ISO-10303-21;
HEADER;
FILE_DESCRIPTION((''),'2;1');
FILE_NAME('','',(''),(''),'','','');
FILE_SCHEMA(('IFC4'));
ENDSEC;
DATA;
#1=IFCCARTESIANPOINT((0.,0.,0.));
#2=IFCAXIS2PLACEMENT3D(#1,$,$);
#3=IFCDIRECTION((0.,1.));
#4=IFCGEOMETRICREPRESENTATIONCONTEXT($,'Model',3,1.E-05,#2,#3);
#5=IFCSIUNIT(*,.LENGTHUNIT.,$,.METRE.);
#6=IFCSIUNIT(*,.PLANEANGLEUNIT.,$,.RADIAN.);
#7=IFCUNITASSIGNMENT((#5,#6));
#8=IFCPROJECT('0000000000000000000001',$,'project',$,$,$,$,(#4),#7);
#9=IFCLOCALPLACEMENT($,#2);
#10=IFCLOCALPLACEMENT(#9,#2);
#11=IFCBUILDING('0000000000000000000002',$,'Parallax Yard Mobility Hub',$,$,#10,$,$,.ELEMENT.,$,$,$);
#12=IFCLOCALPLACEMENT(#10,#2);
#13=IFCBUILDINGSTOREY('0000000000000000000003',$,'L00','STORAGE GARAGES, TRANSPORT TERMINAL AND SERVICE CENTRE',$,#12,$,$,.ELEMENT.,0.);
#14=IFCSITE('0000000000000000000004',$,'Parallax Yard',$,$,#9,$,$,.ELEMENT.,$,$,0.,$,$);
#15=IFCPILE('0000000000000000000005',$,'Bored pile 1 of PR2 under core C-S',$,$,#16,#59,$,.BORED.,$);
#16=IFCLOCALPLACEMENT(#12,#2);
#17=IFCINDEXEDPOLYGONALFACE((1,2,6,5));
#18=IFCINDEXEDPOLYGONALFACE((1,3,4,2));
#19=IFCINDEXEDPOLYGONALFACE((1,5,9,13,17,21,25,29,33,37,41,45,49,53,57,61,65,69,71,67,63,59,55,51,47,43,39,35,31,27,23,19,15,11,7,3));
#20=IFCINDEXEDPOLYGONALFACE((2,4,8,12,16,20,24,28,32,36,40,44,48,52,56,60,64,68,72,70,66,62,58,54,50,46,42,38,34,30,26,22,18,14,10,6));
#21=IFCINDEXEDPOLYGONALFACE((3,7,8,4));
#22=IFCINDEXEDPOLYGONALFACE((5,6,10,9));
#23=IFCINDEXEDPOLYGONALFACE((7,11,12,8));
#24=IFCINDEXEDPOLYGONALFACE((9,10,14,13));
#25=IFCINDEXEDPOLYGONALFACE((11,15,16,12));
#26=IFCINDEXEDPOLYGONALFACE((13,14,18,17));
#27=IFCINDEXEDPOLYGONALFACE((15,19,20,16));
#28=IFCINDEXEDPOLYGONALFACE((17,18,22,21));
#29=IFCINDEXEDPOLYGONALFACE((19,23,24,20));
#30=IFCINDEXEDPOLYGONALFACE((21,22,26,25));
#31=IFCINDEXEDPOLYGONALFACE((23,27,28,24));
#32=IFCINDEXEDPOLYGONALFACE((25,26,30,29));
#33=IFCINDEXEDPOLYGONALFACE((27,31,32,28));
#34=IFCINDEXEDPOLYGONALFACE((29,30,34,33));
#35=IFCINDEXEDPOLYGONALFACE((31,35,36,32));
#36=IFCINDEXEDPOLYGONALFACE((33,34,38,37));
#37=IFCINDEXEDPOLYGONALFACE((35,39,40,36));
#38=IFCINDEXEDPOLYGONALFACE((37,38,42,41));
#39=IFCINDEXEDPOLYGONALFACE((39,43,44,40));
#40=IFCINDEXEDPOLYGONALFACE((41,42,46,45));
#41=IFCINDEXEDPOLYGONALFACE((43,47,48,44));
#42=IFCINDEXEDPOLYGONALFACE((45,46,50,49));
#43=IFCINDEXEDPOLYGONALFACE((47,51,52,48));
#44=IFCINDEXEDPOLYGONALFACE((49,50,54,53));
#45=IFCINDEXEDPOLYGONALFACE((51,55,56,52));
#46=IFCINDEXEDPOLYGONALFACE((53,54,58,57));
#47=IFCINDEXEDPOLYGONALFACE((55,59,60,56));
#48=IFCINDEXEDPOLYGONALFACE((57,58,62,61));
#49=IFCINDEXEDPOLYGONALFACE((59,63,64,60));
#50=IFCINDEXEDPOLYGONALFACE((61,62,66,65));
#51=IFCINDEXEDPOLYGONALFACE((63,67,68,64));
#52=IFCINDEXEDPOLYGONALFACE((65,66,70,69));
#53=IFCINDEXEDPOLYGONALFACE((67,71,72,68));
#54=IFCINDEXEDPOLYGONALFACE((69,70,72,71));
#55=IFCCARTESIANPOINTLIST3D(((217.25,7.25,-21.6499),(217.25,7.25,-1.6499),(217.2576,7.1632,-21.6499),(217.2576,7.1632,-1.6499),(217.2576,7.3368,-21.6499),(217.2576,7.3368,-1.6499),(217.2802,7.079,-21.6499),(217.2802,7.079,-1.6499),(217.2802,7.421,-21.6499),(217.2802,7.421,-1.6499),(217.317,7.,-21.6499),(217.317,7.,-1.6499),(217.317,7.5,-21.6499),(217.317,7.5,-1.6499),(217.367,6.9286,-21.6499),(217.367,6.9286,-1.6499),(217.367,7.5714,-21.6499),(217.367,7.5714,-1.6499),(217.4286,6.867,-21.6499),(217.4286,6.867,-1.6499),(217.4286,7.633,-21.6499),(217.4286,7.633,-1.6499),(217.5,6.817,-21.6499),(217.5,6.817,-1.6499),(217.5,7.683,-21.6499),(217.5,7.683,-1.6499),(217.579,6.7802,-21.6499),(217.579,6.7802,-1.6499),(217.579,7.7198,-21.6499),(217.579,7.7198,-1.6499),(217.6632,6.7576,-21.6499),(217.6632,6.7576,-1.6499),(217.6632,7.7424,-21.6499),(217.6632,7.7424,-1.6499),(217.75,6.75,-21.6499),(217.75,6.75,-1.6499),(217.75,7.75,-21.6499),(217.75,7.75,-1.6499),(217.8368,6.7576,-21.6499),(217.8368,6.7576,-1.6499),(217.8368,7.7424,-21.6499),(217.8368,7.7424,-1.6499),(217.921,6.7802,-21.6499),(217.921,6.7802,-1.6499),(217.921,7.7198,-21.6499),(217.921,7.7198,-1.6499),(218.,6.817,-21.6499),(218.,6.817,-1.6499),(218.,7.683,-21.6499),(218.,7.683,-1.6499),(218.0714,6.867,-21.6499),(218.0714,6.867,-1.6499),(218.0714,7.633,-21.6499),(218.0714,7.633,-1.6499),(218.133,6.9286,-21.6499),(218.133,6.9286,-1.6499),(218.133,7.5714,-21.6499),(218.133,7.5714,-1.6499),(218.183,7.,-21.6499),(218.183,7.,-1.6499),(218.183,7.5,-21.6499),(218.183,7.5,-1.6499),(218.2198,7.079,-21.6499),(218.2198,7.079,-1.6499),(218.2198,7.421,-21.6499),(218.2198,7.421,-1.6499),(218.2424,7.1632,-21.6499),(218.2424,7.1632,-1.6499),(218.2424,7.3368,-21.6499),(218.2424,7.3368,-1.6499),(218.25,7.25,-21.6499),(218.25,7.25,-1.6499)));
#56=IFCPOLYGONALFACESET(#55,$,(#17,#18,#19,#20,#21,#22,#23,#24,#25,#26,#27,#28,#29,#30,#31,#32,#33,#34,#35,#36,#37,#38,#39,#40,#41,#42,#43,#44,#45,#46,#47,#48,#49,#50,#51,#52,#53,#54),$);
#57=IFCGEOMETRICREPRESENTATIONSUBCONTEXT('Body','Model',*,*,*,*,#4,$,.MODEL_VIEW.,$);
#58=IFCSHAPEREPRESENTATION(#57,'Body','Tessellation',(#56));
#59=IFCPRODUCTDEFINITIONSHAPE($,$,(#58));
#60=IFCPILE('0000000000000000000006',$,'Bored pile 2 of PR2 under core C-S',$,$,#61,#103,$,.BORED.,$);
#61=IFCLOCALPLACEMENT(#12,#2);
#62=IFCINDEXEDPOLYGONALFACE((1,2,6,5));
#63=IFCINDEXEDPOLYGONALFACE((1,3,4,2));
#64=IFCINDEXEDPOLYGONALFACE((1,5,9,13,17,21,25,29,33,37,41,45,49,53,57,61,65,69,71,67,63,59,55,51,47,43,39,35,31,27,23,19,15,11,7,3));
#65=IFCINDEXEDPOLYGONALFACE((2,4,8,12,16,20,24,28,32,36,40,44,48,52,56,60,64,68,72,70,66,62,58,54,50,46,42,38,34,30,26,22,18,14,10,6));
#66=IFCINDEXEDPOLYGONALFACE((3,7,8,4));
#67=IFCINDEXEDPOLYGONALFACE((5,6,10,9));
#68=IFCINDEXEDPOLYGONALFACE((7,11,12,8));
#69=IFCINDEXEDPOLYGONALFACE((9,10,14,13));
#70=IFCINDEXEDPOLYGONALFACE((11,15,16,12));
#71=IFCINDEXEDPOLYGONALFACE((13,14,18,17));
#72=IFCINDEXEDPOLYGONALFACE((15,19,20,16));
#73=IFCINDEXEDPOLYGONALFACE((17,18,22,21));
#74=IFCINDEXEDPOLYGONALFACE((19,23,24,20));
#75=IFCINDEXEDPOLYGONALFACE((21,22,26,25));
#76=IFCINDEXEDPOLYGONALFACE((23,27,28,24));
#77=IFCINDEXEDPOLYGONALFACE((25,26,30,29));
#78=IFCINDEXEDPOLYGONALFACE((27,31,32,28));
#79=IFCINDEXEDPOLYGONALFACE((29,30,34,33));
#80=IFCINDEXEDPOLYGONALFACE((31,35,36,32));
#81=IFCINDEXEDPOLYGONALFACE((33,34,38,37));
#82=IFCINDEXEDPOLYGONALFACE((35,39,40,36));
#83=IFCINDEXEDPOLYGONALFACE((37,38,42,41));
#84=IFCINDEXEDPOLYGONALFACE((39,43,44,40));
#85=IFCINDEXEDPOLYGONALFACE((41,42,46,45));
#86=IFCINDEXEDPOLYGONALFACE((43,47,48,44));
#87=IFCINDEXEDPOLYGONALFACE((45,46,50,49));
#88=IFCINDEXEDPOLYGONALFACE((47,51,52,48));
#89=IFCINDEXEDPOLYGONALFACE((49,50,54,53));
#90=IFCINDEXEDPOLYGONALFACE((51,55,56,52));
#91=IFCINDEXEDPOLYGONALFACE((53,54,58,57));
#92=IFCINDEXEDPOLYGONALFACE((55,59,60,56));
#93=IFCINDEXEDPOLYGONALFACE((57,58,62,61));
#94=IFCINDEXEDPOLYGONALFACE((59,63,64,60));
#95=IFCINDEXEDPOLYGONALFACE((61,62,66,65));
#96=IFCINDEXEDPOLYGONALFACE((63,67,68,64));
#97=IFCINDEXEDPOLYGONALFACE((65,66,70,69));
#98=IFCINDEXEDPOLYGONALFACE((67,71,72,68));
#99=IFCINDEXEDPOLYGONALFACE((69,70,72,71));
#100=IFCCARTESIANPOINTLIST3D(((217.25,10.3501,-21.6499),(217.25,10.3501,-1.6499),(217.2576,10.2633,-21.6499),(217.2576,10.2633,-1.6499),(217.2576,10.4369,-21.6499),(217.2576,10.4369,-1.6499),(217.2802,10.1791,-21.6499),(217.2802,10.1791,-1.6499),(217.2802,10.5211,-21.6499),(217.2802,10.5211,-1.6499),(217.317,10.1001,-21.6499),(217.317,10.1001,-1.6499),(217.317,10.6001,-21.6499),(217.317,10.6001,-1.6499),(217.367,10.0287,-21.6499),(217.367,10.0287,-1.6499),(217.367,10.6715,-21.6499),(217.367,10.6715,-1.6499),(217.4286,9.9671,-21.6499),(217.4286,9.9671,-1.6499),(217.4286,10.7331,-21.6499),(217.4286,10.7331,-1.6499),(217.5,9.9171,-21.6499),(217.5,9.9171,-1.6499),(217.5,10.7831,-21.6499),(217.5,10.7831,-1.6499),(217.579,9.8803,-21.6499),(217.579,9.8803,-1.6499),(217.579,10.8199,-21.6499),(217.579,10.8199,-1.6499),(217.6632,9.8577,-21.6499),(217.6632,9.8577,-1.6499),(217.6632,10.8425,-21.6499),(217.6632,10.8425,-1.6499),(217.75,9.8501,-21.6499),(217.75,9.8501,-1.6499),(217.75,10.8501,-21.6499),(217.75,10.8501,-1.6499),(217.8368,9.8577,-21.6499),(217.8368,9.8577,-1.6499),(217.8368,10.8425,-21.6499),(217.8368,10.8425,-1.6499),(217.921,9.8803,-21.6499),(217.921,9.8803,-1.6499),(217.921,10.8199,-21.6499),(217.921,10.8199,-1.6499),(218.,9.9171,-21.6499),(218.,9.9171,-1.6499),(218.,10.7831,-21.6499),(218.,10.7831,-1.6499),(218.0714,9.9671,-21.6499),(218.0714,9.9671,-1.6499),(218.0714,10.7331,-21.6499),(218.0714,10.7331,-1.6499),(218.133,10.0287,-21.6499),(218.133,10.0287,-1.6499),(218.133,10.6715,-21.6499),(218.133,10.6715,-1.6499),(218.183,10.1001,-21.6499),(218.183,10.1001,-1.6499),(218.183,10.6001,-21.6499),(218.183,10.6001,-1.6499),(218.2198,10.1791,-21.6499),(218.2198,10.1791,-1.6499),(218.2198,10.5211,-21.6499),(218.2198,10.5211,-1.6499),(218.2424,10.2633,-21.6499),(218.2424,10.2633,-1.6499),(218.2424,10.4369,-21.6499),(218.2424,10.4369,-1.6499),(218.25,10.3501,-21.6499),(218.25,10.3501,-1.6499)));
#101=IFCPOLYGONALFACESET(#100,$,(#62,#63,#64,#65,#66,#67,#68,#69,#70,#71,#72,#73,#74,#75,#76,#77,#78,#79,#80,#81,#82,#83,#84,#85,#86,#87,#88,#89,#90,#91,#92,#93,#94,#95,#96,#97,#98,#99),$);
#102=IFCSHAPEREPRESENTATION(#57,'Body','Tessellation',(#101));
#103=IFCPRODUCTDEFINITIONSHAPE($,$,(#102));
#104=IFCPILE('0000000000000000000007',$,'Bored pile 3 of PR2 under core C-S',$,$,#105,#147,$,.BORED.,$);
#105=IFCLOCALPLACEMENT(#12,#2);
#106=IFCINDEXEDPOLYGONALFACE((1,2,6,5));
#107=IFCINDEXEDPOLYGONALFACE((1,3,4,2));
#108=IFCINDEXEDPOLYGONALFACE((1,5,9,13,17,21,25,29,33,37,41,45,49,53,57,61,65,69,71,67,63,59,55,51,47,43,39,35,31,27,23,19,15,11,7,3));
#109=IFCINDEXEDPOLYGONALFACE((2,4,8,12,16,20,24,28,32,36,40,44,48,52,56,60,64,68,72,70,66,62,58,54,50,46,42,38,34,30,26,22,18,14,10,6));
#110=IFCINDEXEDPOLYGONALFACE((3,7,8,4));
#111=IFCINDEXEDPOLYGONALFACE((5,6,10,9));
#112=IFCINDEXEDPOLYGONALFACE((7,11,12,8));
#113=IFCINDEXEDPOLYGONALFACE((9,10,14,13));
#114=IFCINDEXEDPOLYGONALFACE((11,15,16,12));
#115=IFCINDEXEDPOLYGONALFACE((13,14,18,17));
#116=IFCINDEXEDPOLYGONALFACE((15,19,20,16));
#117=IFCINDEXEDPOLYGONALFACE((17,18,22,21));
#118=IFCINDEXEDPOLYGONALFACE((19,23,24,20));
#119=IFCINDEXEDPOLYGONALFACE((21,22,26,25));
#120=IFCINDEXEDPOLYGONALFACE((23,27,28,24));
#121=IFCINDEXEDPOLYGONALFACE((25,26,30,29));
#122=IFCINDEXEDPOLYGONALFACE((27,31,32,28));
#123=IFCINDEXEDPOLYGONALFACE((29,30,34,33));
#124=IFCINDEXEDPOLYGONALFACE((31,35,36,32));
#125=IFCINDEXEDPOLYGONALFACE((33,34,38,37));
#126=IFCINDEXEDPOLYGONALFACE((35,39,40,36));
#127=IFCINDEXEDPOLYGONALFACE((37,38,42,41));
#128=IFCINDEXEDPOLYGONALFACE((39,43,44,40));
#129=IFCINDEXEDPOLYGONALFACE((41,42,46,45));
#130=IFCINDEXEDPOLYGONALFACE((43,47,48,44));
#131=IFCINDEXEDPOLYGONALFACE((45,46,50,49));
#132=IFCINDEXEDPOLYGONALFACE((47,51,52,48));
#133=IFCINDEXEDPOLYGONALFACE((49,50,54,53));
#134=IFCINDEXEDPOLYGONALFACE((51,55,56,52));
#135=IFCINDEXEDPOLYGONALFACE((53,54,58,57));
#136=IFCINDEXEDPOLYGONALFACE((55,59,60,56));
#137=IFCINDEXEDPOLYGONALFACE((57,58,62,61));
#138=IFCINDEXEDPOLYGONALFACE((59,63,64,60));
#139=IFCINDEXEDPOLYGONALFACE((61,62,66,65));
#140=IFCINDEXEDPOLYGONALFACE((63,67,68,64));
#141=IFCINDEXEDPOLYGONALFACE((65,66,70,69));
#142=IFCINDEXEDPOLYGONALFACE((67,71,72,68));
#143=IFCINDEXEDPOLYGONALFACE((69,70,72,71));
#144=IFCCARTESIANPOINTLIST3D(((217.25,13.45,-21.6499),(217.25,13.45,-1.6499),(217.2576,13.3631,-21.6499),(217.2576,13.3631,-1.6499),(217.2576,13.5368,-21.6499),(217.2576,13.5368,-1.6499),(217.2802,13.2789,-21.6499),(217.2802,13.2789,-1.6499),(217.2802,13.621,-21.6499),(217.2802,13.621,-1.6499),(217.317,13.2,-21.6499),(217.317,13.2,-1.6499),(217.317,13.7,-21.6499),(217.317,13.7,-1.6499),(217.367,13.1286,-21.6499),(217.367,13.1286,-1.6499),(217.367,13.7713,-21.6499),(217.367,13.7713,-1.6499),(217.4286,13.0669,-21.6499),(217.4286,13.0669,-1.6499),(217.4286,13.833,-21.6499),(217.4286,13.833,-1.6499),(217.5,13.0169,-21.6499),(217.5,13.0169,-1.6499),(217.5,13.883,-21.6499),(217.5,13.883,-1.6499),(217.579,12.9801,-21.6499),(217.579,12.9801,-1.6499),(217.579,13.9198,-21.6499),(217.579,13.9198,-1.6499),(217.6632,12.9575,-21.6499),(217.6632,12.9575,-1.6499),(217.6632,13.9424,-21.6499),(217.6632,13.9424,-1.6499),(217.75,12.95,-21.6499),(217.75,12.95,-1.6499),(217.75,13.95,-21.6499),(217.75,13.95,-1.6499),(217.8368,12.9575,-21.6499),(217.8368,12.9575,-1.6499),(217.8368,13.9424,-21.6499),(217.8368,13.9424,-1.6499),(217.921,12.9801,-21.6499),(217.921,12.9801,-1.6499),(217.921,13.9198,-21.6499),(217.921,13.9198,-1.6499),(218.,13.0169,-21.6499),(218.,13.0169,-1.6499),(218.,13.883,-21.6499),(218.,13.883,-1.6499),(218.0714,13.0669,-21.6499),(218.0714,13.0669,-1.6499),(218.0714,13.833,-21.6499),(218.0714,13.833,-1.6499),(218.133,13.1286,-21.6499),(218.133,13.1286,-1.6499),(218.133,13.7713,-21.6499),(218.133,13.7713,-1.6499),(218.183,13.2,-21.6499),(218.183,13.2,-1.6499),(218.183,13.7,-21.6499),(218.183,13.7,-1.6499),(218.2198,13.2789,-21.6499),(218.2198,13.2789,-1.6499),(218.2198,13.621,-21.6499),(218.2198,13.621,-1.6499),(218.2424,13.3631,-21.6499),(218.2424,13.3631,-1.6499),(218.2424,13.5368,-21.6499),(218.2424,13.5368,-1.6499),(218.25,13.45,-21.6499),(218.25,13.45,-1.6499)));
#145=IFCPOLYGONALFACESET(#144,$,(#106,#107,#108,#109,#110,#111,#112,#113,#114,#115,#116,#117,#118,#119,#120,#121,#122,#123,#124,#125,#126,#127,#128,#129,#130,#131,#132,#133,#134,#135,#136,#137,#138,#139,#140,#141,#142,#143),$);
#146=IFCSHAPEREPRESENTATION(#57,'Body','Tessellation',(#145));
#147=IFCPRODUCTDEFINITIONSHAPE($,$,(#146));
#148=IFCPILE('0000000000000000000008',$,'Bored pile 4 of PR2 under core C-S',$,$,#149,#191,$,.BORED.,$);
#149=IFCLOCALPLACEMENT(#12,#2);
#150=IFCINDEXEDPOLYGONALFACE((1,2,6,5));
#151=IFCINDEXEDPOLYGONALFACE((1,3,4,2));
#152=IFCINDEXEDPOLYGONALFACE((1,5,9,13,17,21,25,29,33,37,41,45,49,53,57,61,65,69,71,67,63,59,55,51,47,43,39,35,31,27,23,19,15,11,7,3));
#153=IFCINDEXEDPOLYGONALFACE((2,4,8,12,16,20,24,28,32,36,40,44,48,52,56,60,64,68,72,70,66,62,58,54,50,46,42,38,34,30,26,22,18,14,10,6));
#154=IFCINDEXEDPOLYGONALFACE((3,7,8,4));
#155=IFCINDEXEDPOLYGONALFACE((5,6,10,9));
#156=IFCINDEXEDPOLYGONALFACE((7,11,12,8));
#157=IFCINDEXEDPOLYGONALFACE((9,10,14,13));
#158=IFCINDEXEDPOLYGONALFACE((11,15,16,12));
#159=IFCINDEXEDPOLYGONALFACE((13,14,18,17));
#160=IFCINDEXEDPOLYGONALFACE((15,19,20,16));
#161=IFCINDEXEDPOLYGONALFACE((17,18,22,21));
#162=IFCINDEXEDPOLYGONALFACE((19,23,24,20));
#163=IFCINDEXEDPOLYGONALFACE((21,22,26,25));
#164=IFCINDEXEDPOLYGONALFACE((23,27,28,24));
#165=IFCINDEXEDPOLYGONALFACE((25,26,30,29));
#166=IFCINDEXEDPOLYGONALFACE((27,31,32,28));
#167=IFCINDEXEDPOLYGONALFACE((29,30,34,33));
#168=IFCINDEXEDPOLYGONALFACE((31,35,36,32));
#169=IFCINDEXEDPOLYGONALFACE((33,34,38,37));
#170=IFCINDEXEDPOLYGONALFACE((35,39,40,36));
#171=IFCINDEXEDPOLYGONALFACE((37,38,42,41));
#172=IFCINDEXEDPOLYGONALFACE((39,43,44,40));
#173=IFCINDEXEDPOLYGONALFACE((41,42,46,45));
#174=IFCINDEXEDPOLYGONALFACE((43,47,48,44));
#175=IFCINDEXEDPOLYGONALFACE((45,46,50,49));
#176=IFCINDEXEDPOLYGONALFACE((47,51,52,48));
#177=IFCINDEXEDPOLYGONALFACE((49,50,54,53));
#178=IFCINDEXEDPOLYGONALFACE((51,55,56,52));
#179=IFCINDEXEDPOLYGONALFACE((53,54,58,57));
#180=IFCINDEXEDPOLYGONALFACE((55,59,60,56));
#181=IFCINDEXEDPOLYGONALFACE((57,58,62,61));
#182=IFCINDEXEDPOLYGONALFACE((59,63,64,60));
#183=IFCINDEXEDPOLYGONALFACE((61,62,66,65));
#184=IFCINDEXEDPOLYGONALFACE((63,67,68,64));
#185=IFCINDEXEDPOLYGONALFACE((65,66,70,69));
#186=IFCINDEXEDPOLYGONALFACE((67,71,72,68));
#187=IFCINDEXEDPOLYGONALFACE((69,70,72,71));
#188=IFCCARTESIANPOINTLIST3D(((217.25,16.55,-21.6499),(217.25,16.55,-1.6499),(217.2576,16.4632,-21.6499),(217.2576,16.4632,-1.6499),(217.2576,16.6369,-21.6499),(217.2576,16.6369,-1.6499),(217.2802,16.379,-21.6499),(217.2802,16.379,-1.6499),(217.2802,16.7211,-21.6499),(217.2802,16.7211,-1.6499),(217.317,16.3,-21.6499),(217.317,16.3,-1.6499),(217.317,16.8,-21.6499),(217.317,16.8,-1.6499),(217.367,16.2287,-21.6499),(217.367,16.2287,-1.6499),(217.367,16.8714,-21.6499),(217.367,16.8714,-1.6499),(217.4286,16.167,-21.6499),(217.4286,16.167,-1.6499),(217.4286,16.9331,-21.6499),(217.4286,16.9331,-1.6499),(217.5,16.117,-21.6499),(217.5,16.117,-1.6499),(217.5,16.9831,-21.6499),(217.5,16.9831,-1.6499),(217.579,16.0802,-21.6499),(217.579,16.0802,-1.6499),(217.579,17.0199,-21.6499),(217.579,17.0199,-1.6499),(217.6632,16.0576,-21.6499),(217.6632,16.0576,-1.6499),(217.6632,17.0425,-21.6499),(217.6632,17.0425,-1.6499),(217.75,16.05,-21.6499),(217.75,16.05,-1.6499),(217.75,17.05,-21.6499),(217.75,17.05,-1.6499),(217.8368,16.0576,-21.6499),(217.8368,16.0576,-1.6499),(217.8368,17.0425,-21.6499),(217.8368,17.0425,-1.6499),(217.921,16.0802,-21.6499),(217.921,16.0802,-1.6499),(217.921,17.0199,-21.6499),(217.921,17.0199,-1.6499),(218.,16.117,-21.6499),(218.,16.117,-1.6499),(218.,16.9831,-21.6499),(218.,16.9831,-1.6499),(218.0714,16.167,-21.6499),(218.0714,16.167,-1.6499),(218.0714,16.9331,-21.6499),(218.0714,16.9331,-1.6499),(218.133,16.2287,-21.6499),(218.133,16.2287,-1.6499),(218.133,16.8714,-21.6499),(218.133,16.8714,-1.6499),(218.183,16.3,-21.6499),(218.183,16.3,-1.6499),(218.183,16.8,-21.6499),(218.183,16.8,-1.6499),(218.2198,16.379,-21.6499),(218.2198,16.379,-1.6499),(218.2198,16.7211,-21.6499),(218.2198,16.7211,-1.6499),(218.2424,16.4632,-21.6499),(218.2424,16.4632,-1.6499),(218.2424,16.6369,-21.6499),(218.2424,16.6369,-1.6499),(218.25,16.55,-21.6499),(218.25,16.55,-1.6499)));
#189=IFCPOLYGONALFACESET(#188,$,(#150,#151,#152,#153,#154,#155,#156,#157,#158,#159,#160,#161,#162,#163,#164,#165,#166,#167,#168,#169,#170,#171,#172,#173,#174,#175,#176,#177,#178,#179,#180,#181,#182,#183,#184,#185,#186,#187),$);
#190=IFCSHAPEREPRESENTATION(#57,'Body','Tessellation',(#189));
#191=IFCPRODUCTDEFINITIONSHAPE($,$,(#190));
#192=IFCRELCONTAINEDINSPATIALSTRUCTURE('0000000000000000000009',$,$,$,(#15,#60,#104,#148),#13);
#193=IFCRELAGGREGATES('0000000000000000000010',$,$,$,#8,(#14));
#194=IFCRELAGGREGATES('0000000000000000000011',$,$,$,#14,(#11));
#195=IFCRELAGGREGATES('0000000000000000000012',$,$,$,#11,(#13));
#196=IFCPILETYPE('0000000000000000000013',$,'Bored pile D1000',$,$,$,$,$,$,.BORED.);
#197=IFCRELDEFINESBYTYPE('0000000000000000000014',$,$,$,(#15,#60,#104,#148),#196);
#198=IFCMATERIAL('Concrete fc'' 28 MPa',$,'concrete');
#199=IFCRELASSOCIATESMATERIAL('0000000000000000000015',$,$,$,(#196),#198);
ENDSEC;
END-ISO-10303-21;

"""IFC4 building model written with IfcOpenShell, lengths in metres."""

from ifc_helpers import new_model, si_unit, direction, frame, origin, origin_2d, place, context, subcontext, project, spatial, circle, extrude, material, material_profile, profile_set, type_object, element, save


model = new_model("IFC4")

# Units and contexts
model_context = context("Model", 3, precision=1e-05, world=origin(), true_north=direction((0.0, 1.0)))
body_context = subcontext(model_context, "Body", "Model", "MODEL_VIEW")
ifc_project = project(units=[si_unit("LENGTHUNIT", "METRE"), si_unit("PLANEANGLEUNIT", "RADIAN")], contexts=[model_context])

# Site, building, storey
site_placement = place(None, origin())
site = spatial("IfcSite", under=ifc_project, at=site_placement, Name="Parallax Yard", CompositionType="ELEMENT", RefElevation=0.0)
building_placement = place(site_placement, origin())
building = spatial("IfcBuilding", under=site, at=building_placement, Name="Parallax Yard Mobility Hub", CompositionType="ELEMENT")
storey_placement = place(building_placement, origin())
storey = spatial("IfcBuildingStorey", under=building, at=storey_placement, Name="L00", Description="STORAGE GARAGES, TRANSPORT TERMINAL AND SERVICE CENTRE", CompositionType="ELEMENT", Elevation=0.0)

# Piles
ifc_material_1 = material(Name="Concrete fc' 28 MPa", Category="concrete")
ifc_material_profile = material_profile(ifc_material_1, circle(Radius=0.5, at=origin_2d()), Name="Bored pile D1000")
ifc_profile_set = profile_set([ifc_material_profile], Name="Concrete fc' 28 MPa")
pile_type = type_object("IfcPileType", Name="Bored pile D1000", PredefinedType="BORED", material=ifc_profile_set)
for number, where, z_axis, x_axis, name in (
    (1, (217.75, 7.25, -1.6499), (0.0, 0.0, -1.0), (1.0, 0.0, 0.0), "Bored pile 1 of PR2 under core C-S"),
    (2, (217.75, 10.3501, -1.6499), (0.0, 0.0, -1.0), (1.0, 0.0, 0.0), "Bored pile 2 of PR2 under core C-S"),
    (3, (217.75, 13.45, -1.6499), (0.0, 0.0, -1.0), (1.0, 0.0, 0.0), "Bored pile 3 of PR2 under core C-S"),
    (4, (217.75, 16.55, -1.6499), (0.0, 0.0, -1.0), (1.0, 0.0, 0.0), "Bored pile 4 of PR2 under core C-S"),
):
    element("IfcPile", number, at=place(storey_placement, frame(where, z_axis=z_axis, x_axis=x_axis)), inside=storey, type_object=pile_type, Name=name, PredefinedType="BORED", context=body_context, shape_type="SweptSolid", body=[
        extrude(circle(Radius=0.5, at=origin_2d()), origin(), (0.0, 0.0, 1.0), 20.0),
    ])

save(model, "model.ifc")
